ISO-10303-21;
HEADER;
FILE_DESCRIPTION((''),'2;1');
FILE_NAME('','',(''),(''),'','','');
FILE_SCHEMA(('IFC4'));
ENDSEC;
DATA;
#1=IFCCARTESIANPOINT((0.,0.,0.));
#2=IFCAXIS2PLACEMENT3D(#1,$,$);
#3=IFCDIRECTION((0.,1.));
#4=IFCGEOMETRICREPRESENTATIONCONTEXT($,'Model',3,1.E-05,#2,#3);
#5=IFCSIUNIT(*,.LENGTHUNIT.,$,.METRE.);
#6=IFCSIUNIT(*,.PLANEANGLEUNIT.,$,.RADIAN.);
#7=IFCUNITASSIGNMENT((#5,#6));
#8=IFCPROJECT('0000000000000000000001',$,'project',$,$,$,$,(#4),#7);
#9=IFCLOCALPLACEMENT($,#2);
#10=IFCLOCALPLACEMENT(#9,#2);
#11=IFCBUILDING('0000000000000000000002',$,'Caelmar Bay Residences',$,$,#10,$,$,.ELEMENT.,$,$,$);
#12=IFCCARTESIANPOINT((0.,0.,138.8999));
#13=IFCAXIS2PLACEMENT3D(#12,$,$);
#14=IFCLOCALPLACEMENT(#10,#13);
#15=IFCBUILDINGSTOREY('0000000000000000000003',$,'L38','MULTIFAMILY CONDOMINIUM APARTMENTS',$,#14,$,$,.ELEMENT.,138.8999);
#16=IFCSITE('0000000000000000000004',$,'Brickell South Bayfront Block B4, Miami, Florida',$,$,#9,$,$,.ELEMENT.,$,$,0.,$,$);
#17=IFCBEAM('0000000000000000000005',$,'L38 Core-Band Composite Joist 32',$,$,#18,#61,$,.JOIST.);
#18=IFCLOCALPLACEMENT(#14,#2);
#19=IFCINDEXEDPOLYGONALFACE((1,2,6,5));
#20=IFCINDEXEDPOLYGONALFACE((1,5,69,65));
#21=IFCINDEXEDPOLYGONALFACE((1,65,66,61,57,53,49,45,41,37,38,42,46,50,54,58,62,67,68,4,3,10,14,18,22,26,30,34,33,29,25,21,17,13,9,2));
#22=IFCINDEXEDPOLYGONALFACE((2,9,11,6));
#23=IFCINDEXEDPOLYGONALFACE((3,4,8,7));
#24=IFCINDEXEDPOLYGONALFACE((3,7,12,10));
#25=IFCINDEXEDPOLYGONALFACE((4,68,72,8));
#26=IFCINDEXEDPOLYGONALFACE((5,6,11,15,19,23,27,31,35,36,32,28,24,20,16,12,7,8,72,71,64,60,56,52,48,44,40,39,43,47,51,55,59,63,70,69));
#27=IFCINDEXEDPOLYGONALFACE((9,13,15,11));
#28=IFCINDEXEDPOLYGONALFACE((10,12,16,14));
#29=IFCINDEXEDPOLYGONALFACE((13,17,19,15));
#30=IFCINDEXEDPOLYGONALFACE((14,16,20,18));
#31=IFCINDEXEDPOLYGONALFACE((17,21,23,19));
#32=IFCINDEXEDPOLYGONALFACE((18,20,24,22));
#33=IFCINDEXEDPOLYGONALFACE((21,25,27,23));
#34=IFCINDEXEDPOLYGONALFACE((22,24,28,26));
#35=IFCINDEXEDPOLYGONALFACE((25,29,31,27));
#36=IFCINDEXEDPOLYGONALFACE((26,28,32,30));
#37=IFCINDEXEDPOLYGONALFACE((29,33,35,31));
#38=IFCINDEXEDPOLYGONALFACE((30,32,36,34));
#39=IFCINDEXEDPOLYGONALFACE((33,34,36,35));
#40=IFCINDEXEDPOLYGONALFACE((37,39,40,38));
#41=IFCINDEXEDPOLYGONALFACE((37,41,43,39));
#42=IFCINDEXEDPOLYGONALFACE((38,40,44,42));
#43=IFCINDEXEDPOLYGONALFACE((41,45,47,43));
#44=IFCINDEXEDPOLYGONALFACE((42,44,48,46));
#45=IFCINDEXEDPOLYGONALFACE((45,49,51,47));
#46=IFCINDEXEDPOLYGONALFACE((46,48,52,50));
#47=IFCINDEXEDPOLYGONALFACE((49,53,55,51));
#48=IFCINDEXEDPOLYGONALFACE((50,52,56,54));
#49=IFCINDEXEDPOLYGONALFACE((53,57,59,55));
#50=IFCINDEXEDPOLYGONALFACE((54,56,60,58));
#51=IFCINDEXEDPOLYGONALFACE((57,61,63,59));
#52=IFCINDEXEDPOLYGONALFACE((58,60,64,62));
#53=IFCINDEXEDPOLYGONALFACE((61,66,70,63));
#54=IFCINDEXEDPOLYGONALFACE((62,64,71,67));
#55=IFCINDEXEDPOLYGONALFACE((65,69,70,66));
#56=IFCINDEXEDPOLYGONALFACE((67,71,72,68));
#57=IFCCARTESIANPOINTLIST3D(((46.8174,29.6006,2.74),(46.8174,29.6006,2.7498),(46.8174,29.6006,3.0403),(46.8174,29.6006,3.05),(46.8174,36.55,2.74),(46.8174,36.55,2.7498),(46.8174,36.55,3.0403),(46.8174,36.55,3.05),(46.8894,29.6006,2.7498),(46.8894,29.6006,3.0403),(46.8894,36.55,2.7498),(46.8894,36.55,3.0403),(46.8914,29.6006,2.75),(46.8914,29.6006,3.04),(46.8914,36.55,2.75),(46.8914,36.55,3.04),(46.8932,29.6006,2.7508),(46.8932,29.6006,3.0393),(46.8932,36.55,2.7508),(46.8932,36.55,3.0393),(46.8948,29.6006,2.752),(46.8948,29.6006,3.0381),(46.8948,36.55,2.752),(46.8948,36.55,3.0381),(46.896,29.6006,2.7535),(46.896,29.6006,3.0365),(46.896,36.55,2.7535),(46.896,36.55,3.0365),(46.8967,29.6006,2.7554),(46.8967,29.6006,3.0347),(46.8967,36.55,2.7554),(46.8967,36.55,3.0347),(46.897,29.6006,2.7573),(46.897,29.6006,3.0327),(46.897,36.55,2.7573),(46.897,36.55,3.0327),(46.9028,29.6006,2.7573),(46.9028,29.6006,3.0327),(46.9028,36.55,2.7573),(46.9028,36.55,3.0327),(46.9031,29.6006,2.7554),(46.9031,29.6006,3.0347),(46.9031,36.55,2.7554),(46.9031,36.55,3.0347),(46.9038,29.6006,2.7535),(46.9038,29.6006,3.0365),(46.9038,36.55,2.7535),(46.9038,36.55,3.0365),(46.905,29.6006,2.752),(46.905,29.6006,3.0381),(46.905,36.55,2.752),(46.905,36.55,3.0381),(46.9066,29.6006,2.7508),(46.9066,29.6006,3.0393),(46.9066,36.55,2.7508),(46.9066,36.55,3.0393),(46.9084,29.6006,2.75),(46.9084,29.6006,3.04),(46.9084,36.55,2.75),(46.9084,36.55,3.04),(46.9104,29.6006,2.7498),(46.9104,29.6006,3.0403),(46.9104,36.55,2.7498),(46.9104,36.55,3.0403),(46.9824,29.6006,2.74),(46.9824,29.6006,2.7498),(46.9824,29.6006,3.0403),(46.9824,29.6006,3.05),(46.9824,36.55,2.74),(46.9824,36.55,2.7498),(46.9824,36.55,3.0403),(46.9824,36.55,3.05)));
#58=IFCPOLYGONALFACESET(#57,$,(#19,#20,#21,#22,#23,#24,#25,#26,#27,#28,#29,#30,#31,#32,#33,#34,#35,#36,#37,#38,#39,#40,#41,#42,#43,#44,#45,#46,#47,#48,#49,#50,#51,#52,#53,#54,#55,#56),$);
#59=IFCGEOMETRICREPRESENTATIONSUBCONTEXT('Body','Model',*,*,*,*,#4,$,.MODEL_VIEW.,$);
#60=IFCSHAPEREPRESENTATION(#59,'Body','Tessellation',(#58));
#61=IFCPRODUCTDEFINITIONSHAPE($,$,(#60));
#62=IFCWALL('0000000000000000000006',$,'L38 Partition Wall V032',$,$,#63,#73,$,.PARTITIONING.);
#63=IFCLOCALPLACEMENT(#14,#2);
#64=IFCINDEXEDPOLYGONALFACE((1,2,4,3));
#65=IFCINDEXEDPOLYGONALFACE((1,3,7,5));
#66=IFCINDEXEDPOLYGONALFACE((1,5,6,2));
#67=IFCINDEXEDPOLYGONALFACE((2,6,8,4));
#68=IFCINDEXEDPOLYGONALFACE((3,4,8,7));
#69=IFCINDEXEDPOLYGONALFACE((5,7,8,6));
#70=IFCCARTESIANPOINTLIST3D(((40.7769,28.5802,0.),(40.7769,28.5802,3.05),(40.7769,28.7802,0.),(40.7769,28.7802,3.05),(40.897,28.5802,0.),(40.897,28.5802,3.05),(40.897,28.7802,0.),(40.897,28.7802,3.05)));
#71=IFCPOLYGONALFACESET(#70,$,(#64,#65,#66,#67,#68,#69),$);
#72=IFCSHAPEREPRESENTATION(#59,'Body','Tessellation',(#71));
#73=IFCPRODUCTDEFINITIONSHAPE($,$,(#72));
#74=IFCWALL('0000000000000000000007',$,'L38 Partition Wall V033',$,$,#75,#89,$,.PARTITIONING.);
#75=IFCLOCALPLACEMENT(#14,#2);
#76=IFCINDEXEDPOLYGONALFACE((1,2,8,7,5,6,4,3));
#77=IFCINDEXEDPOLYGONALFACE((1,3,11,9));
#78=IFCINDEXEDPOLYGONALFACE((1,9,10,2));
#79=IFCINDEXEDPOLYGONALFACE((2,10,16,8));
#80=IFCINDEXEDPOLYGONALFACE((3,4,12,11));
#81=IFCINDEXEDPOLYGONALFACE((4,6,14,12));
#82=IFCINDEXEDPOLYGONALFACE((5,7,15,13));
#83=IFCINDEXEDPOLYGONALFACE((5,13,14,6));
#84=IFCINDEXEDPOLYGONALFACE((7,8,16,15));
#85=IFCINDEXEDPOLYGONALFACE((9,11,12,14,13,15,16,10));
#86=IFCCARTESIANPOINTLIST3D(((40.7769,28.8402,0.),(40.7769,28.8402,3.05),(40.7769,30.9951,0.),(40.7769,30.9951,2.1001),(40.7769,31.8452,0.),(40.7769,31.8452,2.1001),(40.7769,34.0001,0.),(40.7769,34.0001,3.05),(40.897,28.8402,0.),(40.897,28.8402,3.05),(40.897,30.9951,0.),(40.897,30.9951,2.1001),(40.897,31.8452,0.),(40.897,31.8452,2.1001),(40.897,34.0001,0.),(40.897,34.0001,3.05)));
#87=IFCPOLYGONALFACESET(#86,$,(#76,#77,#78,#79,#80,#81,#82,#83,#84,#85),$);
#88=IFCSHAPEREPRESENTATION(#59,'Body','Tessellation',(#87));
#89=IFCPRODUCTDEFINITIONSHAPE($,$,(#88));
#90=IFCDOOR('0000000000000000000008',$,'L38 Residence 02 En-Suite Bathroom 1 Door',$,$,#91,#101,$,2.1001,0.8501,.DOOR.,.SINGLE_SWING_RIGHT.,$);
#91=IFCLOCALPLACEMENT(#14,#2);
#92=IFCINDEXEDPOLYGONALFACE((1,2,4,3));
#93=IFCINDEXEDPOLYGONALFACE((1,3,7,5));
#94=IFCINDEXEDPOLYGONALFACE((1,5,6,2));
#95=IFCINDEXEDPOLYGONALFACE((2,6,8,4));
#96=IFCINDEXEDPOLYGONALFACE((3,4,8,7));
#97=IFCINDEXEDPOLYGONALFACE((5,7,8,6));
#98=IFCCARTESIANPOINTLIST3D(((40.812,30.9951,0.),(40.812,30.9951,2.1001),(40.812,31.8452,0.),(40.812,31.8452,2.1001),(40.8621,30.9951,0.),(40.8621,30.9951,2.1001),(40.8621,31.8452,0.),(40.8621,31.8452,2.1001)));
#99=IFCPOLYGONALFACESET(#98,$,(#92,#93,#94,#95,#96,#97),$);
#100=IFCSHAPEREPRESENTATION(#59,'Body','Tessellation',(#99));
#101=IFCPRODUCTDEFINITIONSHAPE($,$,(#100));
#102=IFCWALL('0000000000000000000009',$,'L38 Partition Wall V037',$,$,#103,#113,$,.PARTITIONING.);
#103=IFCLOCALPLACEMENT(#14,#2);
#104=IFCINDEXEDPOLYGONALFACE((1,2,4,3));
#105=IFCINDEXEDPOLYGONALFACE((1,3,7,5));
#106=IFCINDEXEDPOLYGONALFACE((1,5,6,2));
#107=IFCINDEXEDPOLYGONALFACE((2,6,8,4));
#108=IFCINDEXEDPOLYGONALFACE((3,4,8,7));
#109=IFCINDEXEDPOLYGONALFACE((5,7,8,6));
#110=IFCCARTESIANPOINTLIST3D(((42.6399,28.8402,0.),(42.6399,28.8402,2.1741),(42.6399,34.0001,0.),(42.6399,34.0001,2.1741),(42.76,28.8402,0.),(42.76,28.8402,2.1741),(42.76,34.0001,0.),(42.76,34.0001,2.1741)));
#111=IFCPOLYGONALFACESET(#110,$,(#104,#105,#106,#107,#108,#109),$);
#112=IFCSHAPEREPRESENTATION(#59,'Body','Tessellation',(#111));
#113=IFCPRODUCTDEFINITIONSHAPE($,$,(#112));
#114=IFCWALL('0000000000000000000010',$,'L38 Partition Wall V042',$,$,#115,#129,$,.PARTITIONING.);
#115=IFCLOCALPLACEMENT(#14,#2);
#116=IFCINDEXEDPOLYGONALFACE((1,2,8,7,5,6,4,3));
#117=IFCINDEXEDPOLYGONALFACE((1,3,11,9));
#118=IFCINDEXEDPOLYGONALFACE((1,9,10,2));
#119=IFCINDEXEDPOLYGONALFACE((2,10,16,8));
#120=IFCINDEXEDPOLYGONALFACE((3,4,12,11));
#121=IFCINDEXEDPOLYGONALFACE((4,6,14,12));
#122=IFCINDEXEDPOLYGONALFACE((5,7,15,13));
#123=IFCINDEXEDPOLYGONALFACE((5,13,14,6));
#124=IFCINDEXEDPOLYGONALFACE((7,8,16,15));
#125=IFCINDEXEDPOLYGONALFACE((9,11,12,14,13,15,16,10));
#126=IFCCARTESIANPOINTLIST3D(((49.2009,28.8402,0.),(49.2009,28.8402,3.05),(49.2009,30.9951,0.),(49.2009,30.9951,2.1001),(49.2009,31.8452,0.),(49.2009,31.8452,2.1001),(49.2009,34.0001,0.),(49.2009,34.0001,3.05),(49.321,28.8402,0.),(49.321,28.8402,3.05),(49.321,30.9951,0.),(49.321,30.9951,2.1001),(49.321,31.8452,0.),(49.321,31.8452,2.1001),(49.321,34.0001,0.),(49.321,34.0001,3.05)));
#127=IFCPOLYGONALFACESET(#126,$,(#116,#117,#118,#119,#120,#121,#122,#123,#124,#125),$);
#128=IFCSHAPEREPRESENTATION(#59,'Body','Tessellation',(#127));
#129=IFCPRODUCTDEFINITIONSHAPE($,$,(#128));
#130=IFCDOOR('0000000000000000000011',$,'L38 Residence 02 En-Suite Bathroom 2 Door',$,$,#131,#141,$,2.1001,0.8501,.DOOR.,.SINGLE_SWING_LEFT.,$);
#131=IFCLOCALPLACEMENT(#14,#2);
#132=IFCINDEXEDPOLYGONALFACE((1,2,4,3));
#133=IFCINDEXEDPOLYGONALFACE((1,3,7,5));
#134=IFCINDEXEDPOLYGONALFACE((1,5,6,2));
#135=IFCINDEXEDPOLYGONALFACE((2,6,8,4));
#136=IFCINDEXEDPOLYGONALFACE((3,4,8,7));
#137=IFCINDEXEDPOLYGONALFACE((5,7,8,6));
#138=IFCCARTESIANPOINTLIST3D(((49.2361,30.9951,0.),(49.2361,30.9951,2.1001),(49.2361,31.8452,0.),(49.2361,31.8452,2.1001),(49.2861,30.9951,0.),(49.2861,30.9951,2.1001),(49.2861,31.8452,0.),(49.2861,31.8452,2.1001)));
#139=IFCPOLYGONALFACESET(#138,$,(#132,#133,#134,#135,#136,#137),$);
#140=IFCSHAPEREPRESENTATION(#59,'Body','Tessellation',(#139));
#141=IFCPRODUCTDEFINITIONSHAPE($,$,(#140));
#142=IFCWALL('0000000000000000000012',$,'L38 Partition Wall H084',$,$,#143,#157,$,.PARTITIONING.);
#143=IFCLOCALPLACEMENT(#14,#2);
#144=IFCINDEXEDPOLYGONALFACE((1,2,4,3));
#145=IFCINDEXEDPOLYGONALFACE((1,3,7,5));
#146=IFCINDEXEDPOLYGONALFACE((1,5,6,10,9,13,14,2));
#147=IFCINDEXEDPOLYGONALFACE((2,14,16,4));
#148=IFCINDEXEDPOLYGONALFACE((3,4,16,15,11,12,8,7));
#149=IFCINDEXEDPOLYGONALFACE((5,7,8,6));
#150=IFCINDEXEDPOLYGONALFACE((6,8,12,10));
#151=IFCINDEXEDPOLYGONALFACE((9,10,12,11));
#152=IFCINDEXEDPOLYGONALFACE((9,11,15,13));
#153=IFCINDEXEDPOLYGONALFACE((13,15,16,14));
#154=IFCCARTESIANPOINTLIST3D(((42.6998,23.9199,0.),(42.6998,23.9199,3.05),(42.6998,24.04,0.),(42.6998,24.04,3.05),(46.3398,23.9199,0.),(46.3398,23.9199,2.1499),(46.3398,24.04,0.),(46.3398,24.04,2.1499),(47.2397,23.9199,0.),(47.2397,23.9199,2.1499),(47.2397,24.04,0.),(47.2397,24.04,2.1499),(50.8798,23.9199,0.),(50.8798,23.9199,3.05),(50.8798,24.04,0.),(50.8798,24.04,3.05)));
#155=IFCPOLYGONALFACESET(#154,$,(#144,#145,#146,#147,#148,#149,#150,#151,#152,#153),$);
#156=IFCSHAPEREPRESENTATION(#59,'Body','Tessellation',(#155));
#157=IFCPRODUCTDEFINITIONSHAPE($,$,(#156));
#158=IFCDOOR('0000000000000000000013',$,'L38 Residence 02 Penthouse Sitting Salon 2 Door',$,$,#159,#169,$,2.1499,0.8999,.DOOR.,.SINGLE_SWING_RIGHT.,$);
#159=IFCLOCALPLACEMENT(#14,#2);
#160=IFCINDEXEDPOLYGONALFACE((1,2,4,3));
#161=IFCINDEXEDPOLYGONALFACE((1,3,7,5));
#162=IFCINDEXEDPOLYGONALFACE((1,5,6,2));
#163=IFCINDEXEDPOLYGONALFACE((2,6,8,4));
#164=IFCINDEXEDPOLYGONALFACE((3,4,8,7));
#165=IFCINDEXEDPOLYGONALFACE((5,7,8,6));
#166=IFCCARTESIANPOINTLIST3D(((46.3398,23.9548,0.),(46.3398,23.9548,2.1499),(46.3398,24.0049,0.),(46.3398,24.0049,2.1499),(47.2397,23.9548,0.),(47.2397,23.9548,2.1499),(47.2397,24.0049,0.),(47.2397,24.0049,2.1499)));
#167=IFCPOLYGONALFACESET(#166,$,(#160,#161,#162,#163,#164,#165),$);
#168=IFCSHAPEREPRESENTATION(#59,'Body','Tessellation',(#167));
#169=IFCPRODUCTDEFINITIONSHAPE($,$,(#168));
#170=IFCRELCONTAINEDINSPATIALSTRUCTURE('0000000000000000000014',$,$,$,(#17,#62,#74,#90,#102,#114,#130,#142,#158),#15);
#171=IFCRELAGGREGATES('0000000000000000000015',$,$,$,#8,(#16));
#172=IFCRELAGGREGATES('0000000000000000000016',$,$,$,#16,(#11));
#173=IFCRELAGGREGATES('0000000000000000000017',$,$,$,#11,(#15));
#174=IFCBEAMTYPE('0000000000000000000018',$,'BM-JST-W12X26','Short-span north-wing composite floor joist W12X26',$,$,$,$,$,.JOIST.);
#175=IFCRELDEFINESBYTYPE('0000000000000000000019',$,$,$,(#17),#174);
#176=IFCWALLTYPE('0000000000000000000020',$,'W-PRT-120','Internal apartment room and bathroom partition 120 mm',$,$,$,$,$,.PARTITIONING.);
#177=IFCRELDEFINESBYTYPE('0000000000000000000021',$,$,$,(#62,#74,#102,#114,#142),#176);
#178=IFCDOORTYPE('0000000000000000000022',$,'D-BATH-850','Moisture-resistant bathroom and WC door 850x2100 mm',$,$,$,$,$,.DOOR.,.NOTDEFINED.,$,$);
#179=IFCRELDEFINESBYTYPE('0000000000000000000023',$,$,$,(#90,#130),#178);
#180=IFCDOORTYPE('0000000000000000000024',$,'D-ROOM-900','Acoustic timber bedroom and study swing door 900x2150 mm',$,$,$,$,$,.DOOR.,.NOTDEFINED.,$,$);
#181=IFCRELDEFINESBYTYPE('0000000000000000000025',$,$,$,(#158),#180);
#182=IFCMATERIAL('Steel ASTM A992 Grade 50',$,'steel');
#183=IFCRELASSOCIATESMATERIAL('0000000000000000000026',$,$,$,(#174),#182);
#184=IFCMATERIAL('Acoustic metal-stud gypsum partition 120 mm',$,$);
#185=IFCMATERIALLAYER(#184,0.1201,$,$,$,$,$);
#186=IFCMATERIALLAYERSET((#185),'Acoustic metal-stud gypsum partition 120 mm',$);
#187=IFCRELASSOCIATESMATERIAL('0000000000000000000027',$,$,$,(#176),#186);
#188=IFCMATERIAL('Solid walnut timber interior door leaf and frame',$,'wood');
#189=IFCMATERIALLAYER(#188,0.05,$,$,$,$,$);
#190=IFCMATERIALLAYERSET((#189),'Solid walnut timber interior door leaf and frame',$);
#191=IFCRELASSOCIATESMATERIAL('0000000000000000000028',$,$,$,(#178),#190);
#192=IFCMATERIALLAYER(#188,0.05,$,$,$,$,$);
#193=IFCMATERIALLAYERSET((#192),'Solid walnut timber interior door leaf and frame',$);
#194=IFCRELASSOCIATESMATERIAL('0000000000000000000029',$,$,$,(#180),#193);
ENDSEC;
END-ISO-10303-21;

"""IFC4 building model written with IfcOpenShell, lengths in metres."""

from ifc_helpers import new_model, si_unit, direction, frame, frame_2d, origin, origin_2d, place, context, subcontext, project, spatial, rectangle, i_section, extrude, material, layer, layer_set, material_profile, profile_set, type_object, element, fill, save


model = new_model("IFC4")

# Units and contexts
model_context = context("Model", 3, precision=1e-05, world=origin(), true_north=direction((0.0, 1.0)))
body_context = subcontext(model_context, "Body", "Model", "MODEL_VIEW")
ifc_project = project(units=[si_unit("LENGTHUNIT", "METRE"), si_unit("PLANEANGLEUNIT", "RADIAN")], contexts=[model_context])

# Site, building, storey
site_placement = place(None, origin())
site = spatial("IfcSite", under=ifc_project, at=site_placement, Name="Brickell South Bayfront Block B4, Miami, Florida", CompositionType="ELEMENT", RefElevation=0.0)
building_placement = place(site_placement, origin())
building = spatial("IfcBuilding", under=site, at=building_placement, Name="Caelmar Bay Residences", CompositionType="ELEMENT")
storey_placement = place(building_placement, frame((0.0, 0.0, 138.8999)))
storey = spatial("IfcBuildingStorey", under=building, at=storey_placement, Name="L38", Description="MULTIFAMILY CONDOMINIUM APARTMENTS", CompositionType="ELEMENT", Elevation=138.8999)

# Beam
ifc_material_1 = material(Name="Steel ASTM A992 Grade 50", Category="steel")
ifc_material_profile_1 = material_profile(ifc_material_1, i_section(OverallWidth=0.165, OverallDepth=0.3101, WebThickness=0.0059, FlangeThickness=0.0098, FilletRadius=0.0076, at=origin_2d()), Name="W12X26")
ifc_profile_set_1 = profile_set([ifc_material_profile_1], Name="Steel ASTM A992 Grade 50")
beam_type_1 = type_object("IfcBeamType", Name="BM-JST-W12X26", Description="Short-span north-wing composite floor joist W12X26", PredefinedType="JOIST", material=ifc_profile_set_1)
for number, where, z_axis, x_axis, name in (
    (1, (46.8999, 29.6006, 2.895), (0.0, 1.0, 0.0), (-1.0, 0.0, 0.0), "L38 Core-Band Composite Joist 32"),
):
    element("IfcBeam", number, at=place(storey_placement, frame(where, z_axis=z_axis, x_axis=x_axis)), inside=storey, type_object=beam_type_1, Name=name, PredefinedType="JOIST", context=body_context, shape_type="SweptSolid", body=[
        extrude(i_section(OverallWidth=0.165, OverallDepth=0.3101, WebThickness=0.0059, FlangeThickness=0.0098, FilletRadius=0.0076, at=origin_2d()), origin(), (0.0, 0.0, 1.0), 6.9495),
    ])

# Wall
ifc_material_2 = material(Name="Acoustic metal-stud gypsum partition 120 mm")
ifc_layer_1 = layer(ifc_material_2, 0.1201)
ifc_layer_set_1 = layer_set([ifc_layer_1], Name="Acoustic metal-stud gypsum partition 120 mm")
wall_type = type_object("IfcWallType", Name="W-PRT-120", Description="Internal apartment room and bathroom partition 120 mm", PredefinedType="PARTITIONING", material=ifc_layer_set_1)
wall_1_placement = place(storey_placement, frame((40.8369, 28.5801, 0.0), z_axis=(0.0, 0.0, 1.0), x_axis=(0.0, 1.0, 0.0)))
element("IfcWall", 2, at=wall_1_placement, inside=storey, type_object=wall_type, Name="L38 Partition Wall V032", PredefinedType="PARTITIONING", context=body_context, shape_type="SweptSolid", body=[
    extrude(rectangle(XDim=0.2, YDim=0.1201, at=frame_2d((0.1001, 0.0))), origin(), (0.0, 0.0, 1.0), 3.05),
])

# Wall, opening, door
wall_2_placement = place(storey_placement, frame((40.8369, 28.8401, 0.0), z_axis=(0.0, 0.0, 1.0), x_axis=(0.0, 1.0, 0.0)))
wall_2 = element("IfcWall", 3, at=wall_2_placement, inside=storey, type_object=wall_type, Name="L38 Partition Wall V033", PredefinedType="PARTITIONING", context=body_context, shape_type="SweptSolid", body=[
    extrude(rectangle(XDim=5.1599, YDim=0.1201, at=frame_2d((2.5801, 0.0))), origin(), (0.0, 0.0, 1.0), 3.05),
])
opening_1_placement = place(wall_2_placement, frame((2.155, 0.0, 0.0)))
opening_1 = element("IfcOpeningElement", 4, at=opening_1_placement, cuts=wall_2, PredefinedType="OPENING", context=body_context, shape_type="SweptSolid", body=[
    extrude(rectangle(XDim=0.8501, YDim=2.1001, at=frame_2d((0.425, 1.05))), frame((0.0, 0.0701, 0.0), z_axis=(0.0, -1.0, 0.0), x_axis=(1.0, 0.0, 0.0)), (0.0, 0.0, 1.0), 0.1401),
])
ifc_material_3 = material(Name="Solid walnut timber interior door leaf and frame", Category="wood")
ifc_layer_2 = layer(ifc_material_3, 0.05)
ifc_layer_set_2 = layer_set([ifc_layer_2], Name="Solid walnut timber interior door leaf and frame")
door_type_1 = type_object("IfcDoorType", Name="D-BATH-850", Description="Moisture-resistant bathroom and WC door 850x2100 mm", OperationType="NOTDEFINED", PredefinedType="DOOR", material=ifc_layer_set_2)
door_1_placement = place(opening_1_placement, origin())
door_1 = element("IfcDoor", 5, at=door_1_placement, inside=storey, type_object=door_type_1, Name="L38 Residence 02 En-Suite Bathroom 1 Door", OperationType="SINGLE_SWING_RIGHT", OverallHeight=2.1001, OverallWidth=0.8501, PredefinedType="DOOR", context=body_context, shape_type="SweptSolid", body=[
    extrude(rectangle(XDim=0.8501, YDim=2.1001, at=frame_2d((0.425, 1.05))), frame((0.0, 0.0249, 0.0), z_axis=(0.0, -1.0, 0.0), x_axis=(1.0, 0.0, 0.0)), (0.0, 0.0, 1.0), 0.05),
])
fill(opening_1, door_1)

# Wall
wall_3_placement = place(storey_placement, frame((42.7, 28.8401, 0.0), z_axis=(0.0, 0.0, 1.0), x_axis=(0.0, 1.0, 0.0)))
element("IfcWall", 6, at=wall_3_placement, inside=storey, type_object=wall_type, Name="L38 Partition Wall V037", PredefinedType="PARTITIONING", context=body_context, shape_type="SweptSolid", body=[
    extrude(rectangle(XDim=5.1599, YDim=0.1201, at=frame_2d((2.5801, 0.0))), origin(), (0.0, 0.0, 1.0), 2.1741),
])

# Walls, openings, doors
wall_4_placement = place(storey_placement, frame((49.261, 28.8401, 0.0), z_axis=(0.0, 0.0, 1.0), x_axis=(0.0, 1.0, 0.0)))
wall_4 = element("IfcWall", 7, at=wall_4_placement, inside=storey, type_object=wall_type, Name="L38 Partition Wall V042", PredefinedType="PARTITIONING", context=body_context, shape_type="SweptSolid", body=[
    extrude(rectangle(XDim=5.1599, YDim=0.1201, at=frame_2d((2.5801, 0.0))), origin(), (0.0, 0.0, 1.0), 3.05),
])
opening_2_placement = place(wall_4_placement, frame((2.155, 0.0, 0.0)))
opening_2 = element("IfcOpeningElement", 8, at=opening_2_placement, cuts=wall_4, PredefinedType="OPENING", context=body_context, shape_type="SweptSolid", body=[
    extrude(rectangle(XDim=0.8501, YDim=2.1001, at=frame_2d((0.425, 1.05))), frame((0.0, 0.0701, 0.0), z_axis=(0.0, -1.0, 0.0), x_axis=(1.0, 0.0, 0.0)), (0.0, 0.0, 1.0), 0.1401),
])
door_2_placement = place(opening_2_placement, origin())
door_2 = element("IfcDoor", 9, at=door_2_placement, inside=storey, type_object=door_type_1, Name="L38 Residence 02 En-Suite Bathroom 2 Door", OperationType="SINGLE_SWING_LEFT", OverallHeight=2.1001, OverallWidth=0.8501, PredefinedType="DOOR", context=body_context, shape_type="SweptSolid", body=[
    extrude(rectangle(XDim=0.8501, YDim=2.1001, at=frame_2d((0.425, 1.05))), frame((0.0, 0.0249, 0.0), z_axis=(0.0, -1.0, 0.0), x_axis=(1.0, 0.0, 0.0)), (0.0, 0.0, 1.0), 0.05),
])
fill(opening_2, door_2)
wall_5_placement = place(storey_placement, frame((42.7, 23.98, 0.0), z_axis=(0.0, 0.0, 1.0), x_axis=(1.0, 0.0, 0.0)))
wall_5 = element("IfcWall", 10, at=wall_5_placement, inside=storey, type_object=wall_type, Name="L38 Partition Wall H084", PredefinedType="PARTITIONING", context=body_context, shape_type="SweptSolid", body=[
    extrude(rectangle(XDim=8.1799, YDim=0.1201, at=frame_2d((4.0898, 0.0))), origin(), (0.0, 0.0, 1.0), 3.05),
])
opening_3_placement = place(wall_5_placement, frame((3.6399, 0.0, 0.0)))
opening_3 = element("IfcOpeningElement", 11, at=opening_3_placement, cuts=wall_5, PredefinedType="OPENING", context=body_context, shape_type="SweptSolid", body=[
    extrude(rectangle(XDim=0.8999, YDim=2.1499, at=frame_2d((0.45, 1.075))), frame((0.0, 0.0701, 0.0), z_axis=(0.0, -1.0, 0.0), x_axis=(1.0, 0.0, 0.0)), (0.0, 0.0, 1.0), 0.1401),
])
ifc_layer_3 = layer(ifc_material_3, 0.05)
ifc_layer_set_3 = layer_set([ifc_layer_3], Name="Solid walnut timber interior door leaf and frame")
door_type_2 = type_object("IfcDoorType", Name="D-ROOM-900", Description="Acoustic timber bedroom and study swing door 900x2150 mm", OperationType="NOTDEFINED", PredefinedType="DOOR", material=ifc_layer_set_3)
door_3_placement = place(opening_3_placement, origin())
door_3 = element("IfcDoor", 12, at=door_3_placement, inside=storey, type_object=door_type_2, Name="L38 Residence 02 Penthouse Sitting Salon 2 Door", OperationType="SINGLE_SWING_RIGHT", OverallHeight=2.1499, OverallWidth=0.8999, PredefinedType="DOOR", context=body_context, shape_type="SweptSolid", body=[
    extrude(rectangle(XDim=0.8999, YDim=2.1499, at=frame_2d((0.45, 1.075))), frame((0.0, 0.0249, 0.0), z_axis=(0.0, -1.0, 0.0), x_axis=(1.0, 0.0, 0.0)), (0.0, 0.0, 1.0), 0.05),
])
fill(opening_3, door_3)

save(model, "model.ifc")
